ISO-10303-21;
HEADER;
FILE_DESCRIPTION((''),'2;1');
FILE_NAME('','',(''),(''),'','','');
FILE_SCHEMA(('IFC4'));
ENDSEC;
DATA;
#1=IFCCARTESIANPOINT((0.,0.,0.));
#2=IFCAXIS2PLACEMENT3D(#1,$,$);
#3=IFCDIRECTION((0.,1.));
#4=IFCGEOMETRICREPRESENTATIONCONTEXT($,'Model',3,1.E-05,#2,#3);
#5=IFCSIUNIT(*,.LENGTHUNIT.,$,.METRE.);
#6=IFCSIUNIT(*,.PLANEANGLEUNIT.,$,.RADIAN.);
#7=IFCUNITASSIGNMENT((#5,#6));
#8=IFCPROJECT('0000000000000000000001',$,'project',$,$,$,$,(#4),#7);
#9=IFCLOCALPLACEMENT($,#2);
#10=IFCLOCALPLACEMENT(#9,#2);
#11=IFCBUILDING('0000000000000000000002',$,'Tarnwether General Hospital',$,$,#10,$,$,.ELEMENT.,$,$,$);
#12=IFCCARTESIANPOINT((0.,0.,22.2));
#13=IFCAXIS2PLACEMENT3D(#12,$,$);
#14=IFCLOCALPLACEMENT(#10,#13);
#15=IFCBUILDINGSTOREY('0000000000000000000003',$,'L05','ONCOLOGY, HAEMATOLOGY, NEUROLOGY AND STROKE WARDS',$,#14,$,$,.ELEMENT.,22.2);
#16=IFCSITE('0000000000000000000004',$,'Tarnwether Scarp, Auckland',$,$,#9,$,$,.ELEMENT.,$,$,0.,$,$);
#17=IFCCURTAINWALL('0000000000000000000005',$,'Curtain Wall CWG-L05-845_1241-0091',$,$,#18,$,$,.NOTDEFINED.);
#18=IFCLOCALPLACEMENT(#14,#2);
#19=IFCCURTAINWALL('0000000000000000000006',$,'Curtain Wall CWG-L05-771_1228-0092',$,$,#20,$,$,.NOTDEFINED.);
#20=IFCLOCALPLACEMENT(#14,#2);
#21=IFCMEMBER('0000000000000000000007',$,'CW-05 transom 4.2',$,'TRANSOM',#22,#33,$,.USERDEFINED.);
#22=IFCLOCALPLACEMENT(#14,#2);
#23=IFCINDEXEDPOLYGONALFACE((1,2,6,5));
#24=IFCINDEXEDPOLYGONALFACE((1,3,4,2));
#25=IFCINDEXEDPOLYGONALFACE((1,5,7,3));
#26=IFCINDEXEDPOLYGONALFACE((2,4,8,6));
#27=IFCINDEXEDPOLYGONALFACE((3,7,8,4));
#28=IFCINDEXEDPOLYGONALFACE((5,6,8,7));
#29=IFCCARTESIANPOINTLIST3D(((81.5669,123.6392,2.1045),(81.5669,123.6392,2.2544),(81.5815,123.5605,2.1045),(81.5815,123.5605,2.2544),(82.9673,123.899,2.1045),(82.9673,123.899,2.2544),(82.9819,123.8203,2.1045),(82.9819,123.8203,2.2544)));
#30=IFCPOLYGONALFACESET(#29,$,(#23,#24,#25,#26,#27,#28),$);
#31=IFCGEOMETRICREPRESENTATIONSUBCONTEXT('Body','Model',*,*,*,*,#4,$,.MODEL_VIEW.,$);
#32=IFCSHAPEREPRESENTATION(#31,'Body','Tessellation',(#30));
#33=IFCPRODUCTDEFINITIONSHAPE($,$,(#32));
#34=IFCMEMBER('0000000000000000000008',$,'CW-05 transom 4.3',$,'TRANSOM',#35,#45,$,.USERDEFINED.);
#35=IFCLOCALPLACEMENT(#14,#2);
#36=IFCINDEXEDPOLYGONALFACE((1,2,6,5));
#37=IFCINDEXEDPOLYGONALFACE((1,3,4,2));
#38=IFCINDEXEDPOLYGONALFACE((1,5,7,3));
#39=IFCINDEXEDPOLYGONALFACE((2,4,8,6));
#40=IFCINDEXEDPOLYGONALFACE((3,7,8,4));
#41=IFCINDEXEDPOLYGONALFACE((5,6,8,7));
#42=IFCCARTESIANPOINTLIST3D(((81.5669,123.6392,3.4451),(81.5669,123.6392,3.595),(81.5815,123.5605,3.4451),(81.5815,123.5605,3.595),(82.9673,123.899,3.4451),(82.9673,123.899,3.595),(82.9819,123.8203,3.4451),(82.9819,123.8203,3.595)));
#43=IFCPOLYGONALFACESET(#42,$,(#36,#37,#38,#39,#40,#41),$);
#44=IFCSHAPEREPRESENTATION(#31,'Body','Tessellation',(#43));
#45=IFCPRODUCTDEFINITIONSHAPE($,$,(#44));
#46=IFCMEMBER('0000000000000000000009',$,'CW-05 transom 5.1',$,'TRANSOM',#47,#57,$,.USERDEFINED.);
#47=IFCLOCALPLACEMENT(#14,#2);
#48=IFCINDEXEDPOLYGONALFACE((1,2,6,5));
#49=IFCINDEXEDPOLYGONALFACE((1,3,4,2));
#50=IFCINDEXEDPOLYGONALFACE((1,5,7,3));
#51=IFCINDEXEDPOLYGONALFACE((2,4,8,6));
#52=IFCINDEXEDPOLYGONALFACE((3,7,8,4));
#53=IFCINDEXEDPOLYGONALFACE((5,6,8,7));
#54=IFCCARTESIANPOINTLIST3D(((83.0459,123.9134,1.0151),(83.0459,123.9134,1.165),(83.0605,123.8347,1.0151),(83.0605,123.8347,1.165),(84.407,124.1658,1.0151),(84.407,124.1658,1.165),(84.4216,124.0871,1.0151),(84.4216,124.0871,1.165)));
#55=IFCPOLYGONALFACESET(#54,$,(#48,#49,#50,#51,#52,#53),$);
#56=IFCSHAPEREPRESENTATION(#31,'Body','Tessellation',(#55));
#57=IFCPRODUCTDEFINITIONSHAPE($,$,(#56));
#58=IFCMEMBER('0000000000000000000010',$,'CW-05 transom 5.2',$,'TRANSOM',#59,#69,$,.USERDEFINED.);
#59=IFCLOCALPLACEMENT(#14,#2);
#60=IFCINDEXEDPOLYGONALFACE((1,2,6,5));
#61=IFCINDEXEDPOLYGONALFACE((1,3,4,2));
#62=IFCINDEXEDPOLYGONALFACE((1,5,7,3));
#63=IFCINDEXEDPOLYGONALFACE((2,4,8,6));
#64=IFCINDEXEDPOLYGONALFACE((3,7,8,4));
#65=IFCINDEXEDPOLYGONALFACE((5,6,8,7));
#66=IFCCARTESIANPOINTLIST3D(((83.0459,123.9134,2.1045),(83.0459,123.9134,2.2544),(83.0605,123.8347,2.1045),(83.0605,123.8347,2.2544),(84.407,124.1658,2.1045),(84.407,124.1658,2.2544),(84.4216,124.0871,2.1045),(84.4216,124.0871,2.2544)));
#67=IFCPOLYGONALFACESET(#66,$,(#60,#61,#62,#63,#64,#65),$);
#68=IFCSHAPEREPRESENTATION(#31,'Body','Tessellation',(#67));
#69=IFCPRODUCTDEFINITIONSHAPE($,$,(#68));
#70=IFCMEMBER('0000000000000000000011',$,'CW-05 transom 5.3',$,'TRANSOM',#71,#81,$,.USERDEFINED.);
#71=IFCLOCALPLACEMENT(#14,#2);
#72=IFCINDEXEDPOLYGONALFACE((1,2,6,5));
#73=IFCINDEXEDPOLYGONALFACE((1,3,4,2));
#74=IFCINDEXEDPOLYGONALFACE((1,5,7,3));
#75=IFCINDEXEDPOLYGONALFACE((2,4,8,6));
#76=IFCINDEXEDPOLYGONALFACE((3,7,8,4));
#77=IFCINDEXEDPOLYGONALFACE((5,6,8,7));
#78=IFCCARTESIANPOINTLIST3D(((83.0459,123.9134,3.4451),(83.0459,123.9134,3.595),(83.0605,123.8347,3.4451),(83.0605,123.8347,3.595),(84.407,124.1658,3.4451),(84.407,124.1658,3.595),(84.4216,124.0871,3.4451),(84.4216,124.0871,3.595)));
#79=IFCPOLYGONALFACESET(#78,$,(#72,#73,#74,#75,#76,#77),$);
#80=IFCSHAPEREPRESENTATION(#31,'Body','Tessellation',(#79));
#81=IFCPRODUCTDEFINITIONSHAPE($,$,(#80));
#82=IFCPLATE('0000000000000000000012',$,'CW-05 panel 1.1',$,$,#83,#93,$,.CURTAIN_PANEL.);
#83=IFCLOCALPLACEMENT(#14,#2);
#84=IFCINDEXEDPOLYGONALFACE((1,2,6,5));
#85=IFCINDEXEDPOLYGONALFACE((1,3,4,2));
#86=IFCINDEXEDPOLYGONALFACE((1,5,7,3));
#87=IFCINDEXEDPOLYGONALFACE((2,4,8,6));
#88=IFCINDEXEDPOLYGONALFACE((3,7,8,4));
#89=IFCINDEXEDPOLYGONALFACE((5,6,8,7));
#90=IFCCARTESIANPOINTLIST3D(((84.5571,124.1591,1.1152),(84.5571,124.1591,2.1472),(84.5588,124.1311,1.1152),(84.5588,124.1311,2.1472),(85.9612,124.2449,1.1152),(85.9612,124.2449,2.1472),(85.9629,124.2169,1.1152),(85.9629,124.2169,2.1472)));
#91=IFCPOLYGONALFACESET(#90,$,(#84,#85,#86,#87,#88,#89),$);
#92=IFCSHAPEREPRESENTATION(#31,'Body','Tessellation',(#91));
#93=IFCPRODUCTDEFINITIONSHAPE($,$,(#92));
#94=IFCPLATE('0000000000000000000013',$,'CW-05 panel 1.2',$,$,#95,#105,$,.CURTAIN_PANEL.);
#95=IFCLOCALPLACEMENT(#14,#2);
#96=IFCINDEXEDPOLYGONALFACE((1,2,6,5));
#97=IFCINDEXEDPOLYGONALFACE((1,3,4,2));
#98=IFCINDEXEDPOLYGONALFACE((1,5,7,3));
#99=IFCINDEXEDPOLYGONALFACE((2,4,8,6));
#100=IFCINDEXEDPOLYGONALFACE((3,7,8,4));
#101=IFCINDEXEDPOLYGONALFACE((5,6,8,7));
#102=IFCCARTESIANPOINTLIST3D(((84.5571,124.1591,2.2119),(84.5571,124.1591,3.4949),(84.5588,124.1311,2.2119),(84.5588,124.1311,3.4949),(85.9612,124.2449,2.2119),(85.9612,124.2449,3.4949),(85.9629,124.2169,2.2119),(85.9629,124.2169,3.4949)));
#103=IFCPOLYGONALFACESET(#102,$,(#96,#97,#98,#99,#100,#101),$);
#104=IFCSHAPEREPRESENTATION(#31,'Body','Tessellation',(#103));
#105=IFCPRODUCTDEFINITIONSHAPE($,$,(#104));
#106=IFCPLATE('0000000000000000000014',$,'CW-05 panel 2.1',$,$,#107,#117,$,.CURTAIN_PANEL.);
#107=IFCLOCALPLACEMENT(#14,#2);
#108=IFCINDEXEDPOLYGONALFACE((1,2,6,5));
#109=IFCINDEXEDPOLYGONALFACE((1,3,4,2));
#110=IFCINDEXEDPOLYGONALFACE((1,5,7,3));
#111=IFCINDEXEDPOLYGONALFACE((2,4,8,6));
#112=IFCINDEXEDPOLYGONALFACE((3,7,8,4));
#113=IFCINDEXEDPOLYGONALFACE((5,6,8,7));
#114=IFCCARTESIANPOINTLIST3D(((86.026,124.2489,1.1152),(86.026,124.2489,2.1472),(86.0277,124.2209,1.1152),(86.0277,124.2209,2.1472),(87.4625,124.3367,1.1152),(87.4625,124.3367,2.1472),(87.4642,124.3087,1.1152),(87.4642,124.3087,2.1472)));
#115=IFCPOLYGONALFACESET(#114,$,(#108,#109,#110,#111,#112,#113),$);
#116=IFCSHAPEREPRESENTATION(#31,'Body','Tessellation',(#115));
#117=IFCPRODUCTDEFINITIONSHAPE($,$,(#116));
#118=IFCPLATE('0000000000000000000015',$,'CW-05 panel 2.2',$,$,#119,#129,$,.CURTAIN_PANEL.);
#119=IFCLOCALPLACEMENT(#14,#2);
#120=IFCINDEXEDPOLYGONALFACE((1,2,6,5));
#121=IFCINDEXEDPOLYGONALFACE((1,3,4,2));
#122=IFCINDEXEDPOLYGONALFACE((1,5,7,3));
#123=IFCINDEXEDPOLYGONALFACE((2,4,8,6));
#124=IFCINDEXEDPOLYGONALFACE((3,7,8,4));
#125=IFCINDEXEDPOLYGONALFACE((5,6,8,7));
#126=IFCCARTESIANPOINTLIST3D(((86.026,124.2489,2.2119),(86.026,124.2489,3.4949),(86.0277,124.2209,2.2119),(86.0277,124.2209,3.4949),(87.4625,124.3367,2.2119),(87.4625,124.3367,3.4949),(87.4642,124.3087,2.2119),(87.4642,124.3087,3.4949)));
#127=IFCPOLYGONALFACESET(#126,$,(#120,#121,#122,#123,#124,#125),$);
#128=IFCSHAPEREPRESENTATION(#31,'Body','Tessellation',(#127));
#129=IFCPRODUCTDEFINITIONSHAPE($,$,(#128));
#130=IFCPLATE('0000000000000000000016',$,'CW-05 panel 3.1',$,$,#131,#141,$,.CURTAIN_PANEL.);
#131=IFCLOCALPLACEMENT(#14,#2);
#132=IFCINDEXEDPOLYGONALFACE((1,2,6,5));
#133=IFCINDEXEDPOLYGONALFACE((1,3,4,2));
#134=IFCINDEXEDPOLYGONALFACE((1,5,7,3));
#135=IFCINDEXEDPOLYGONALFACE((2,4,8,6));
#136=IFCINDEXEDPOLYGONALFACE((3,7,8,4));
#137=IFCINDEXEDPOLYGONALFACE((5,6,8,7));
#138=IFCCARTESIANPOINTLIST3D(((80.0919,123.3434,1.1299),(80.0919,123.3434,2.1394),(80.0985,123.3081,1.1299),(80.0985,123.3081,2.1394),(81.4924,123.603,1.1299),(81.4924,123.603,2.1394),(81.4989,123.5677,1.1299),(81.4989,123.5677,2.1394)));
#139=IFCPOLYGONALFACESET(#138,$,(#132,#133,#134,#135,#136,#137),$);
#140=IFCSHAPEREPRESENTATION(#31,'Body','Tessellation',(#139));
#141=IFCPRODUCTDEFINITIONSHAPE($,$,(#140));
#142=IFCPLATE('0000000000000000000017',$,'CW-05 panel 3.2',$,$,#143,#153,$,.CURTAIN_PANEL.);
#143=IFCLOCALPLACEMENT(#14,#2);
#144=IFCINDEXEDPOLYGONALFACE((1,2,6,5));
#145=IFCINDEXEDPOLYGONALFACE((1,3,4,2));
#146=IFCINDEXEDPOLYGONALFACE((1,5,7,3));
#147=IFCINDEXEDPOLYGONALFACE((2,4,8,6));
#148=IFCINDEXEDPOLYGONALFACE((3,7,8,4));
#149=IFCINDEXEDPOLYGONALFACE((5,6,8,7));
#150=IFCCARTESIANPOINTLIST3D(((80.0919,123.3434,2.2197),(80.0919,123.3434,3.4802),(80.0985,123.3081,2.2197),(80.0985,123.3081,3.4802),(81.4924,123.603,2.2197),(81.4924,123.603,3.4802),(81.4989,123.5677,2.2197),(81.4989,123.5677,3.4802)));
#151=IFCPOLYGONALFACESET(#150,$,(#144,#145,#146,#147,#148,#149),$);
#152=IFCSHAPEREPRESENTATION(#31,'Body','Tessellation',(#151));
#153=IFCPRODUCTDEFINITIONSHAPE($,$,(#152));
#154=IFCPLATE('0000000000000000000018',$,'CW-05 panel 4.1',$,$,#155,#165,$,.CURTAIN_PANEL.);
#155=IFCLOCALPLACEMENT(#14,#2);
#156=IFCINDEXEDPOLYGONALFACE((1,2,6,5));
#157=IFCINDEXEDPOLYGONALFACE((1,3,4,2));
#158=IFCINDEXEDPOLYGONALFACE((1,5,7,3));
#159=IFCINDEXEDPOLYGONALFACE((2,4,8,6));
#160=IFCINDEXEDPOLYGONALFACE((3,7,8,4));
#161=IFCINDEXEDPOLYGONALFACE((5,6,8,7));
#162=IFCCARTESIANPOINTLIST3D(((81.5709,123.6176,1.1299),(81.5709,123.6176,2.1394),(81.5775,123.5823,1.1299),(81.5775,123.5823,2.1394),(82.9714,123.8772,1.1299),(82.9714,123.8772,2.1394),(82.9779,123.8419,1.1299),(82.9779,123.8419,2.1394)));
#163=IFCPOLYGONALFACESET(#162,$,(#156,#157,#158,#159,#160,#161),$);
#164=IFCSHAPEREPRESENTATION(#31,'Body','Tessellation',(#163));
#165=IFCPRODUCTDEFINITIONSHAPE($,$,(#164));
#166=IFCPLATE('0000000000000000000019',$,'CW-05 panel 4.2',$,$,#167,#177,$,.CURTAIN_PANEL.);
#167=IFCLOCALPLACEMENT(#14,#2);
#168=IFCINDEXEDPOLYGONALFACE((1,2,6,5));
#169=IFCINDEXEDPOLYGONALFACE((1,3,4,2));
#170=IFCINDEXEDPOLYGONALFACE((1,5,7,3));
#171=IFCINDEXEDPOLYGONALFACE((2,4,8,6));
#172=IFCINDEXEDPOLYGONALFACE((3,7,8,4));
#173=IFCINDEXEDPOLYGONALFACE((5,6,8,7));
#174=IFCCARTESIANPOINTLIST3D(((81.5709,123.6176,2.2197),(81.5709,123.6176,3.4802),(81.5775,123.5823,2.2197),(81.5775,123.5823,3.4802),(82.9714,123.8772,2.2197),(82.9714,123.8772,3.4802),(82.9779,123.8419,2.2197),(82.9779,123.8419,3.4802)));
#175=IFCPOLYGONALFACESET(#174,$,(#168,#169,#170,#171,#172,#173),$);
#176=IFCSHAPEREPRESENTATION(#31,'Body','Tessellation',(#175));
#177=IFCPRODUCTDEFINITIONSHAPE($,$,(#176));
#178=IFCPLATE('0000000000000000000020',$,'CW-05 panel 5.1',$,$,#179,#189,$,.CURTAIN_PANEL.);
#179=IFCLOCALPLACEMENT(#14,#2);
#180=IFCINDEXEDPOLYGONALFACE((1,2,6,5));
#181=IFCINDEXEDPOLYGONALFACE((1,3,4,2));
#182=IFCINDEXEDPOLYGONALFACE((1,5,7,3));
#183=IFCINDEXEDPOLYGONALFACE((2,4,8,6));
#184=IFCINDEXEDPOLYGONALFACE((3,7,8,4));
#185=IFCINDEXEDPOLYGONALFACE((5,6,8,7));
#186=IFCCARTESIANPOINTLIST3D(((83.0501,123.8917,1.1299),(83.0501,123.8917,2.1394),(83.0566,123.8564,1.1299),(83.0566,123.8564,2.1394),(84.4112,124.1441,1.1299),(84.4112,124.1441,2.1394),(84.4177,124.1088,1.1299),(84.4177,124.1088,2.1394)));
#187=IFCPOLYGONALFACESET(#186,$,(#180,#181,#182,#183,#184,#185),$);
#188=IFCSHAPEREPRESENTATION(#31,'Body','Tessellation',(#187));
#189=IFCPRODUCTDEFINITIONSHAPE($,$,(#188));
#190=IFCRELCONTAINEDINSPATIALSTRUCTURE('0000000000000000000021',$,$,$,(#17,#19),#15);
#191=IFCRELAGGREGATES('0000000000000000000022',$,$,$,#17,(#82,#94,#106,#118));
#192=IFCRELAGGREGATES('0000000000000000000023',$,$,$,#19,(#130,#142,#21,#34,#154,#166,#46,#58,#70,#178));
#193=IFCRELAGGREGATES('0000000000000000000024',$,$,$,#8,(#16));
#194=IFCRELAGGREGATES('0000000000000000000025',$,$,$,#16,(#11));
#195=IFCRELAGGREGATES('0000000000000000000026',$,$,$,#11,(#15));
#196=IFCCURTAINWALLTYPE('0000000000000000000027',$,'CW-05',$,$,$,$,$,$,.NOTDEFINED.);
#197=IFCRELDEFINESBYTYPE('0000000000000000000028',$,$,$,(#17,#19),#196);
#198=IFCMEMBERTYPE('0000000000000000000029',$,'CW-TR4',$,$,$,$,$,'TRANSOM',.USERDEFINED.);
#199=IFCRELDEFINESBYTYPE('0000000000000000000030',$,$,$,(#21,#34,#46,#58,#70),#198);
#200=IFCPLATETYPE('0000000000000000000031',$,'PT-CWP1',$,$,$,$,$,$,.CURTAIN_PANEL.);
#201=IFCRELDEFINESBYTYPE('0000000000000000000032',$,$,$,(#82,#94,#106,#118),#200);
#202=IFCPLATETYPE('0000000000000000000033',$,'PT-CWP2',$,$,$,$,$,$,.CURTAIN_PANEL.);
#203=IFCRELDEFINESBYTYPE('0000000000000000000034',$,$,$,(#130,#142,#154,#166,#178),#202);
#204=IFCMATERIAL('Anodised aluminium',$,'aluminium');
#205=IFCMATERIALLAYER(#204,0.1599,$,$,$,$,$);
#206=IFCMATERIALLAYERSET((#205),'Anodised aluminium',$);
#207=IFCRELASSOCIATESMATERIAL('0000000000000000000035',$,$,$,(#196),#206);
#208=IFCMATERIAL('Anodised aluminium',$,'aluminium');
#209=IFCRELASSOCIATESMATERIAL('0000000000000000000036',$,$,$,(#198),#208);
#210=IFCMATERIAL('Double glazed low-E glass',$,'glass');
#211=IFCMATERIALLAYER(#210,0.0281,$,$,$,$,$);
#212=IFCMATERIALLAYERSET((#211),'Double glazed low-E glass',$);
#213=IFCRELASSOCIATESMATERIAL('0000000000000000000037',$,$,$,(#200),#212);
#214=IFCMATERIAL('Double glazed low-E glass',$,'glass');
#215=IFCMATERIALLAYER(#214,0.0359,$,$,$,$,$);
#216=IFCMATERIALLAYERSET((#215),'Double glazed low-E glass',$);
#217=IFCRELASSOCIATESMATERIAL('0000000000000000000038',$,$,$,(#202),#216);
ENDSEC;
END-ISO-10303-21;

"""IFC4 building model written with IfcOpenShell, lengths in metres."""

from ifc_helpers import new_model, si_unit, direction, frame, origin, origin_2d, place, context, subcontext, project, spatial, rectangle, extrude, material, layer, layer_set, material_profile, profile_set, type_object, element, aggregate, save


model = new_model("IFC4")

# Units and contexts
model_context = context("Model", 3, precision=1e-05, world=origin(), true_north=direction((0.0, 1.0)))
body_context = subcontext(model_context, "Body", "Model", "MODEL_VIEW")
ifc_project = project(units=[si_unit("LENGTHUNIT", "METRE"), si_unit("PLANEANGLEUNIT", "RADIAN")], contexts=[model_context])

# Site, building, storey
site_placement = place(None, origin())
site = spatial("IfcSite", under=ifc_project, at=site_placement, Name="Tarnwether Scarp, Auckland", CompositionType="ELEMENT", RefElevation=0.0)
building_placement = place(site_placement, origin())
building = spatial("IfcBuilding", under=site, at=building_placement, Name="Tarnwether General Hospital", CompositionType="ELEMENT")
storey_placement = place(building_placement, frame((0.0, 0.0, 22.2)))
storey = spatial("IfcBuildingStorey", under=building, at=storey_placement, Name="L05", Description="ONCOLOGY, HAEMATOLOGY, NEUROLOGY AND STROKE WARDS", CompositionType="ELEMENT", Elevation=22.2)

# Curtain walls
ifc_material_1 = material(Name="Anodised aluminium", Category="aluminium")
ifc_layer_1 = layer(ifc_material_1, 0.1599)
ifc_layer_set_1 = layer_set([ifc_layer_1], Name="Anodised aluminium")
curtain_wall_type = type_object("IfcCurtainWallType", Name="CW-05", PredefinedType="NOTDEFINED", material=ifc_layer_set_1)
curtain_wall_1_placement = place(storey_placement, origin())
curtain_wall_1 = element("IfcCurtainWall", 1, at=curtain_wall_1_placement, inside=storey, type_object=curtain_wall_type, Name="Curtain Wall CWG-L05-845_1241-0091", PredefinedType="NOTDEFINED")
curtain_wall_2_placement = place(storey_placement, origin())
curtain_wall_2 = element("IfcCurtainWall", 2, at=curtain_wall_2_placement, inside=storey, type_object=curtain_wall_type, Name="Curtain Wall CWG-L05-771_1228-0092", PredefinedType="NOTDEFINED")

# Members
ifc_material_2 = material(Name="Anodised aluminium", Category="aluminium")
ifc_material_profile_1 = material_profile(ifc_material_2, rectangle(XDim=0.0801, YDim=0.1499, at=origin_2d()), Name="ALU-TRN-80x150")
ifc_profile_set_1 = profile_set([ifc_material_profile_1], Name="Anodised aluminium")
member_type_1 = type_object("IfcMemberType", Name="CW-TR4", ElementType="TRANSOM", PredefinedType="USERDEFINED", material=ifc_profile_set_1)
member_1_placement = place(storey_placement, frame((81.5742, 123.5999, 2.1794), z_axis=(0.983227, 0.182384, 0.0), x_axis=(-0.182384, 0.983227, 0.0)))
member_1 = element("IfcMember", 3, at=member_1_placement, type_object=member_type_1, Name="CW-05 transom 4.2", ObjectType="TRANSOM", PredefinedType="USERDEFINED", context=body_context, shape_type="SweptSolid", body=[
    extrude(rectangle(XDim=0.0801, YDim=0.1499, at=origin_2d()), origin(), (0.0, 0.0, 1.0), 1.4243),
])
member_2_placement = place(storey_placement, frame((81.5742, 123.5999, 3.52), z_axis=(0.983227, 0.182384, 0.0), x_axis=(-0.182384, 0.983227, 0.0)))
member_2 = element("IfcMember", 4, at=member_2_placement, type_object=member_type_1, Name="CW-05 transom 4.3", ObjectType="TRANSOM", PredefinedType="USERDEFINED", context=body_context, shape_type="SweptSolid", body=[
    extrude(rectangle(XDim=0.0801, YDim=0.1499, at=origin_2d()), origin(), (0.0, 0.0, 1.0), 1.4243),
])
member_3_placement = place(storey_placement, frame((83.0532, 123.874, 1.0901), z_axis=(0.983232, 0.182361, 0.0), x_axis=(-0.182361, 0.983232, 0.0)))
member_3 = element("IfcMember", 5, at=member_3_placement, type_object=member_type_1, Name="CW-05 transom 5.1", ObjectType="TRANSOM", PredefinedType="USERDEFINED", context=body_context, shape_type="SweptSolid", body=[
    extrude(rectangle(XDim=0.0801, YDim=0.1499, at=origin_2d()), origin(), (0.0, 0.0, 1.0), 1.3843),
])
member_4_placement = place(storey_placement, frame((83.0532, 123.874, 2.1794), z_axis=(0.983232, 0.182361, 0.0), x_axis=(-0.182361, 0.983232, 0.0)))
member_4 = element("IfcMember", 6, at=member_4_placement, type_object=member_type_1, Name="CW-05 transom 5.2", ObjectType="TRANSOM", PredefinedType="USERDEFINED", context=body_context, shape_type="SweptSolid", body=[
    extrude(rectangle(XDim=0.0801, YDim=0.1499, at=origin_2d()), origin(), (0.0, 0.0, 1.0), 1.3843),
])
member_5_placement = place(storey_placement, frame((83.0532, 123.874, 3.52), z_axis=(0.983232, 0.182361, 0.0), x_axis=(-0.182361, 0.983232, 0.0)))
member_5 = element("IfcMember", 7, at=member_5_placement, type_object=member_type_1, Name="CW-05 transom 5.3", ObjectType="TRANSOM", PredefinedType="USERDEFINED", context=body_context, shape_type="SweptSolid", body=[
    extrude(rectangle(XDim=0.0801, YDim=0.1499, at=origin_2d()), origin(), (0.0, 0.0, 1.0), 1.3843),
])

# Plates
ifc_material_3 = material(Name="Double glazed low-E glass", Category="glass")
ifc_layer_2 = layer(ifc_material_3, 0.0281)
ifc_layer_set_2 = layer_set([ifc_layer_2], Name="Double glazed low-E glass")
plate_type_1 = type_object("IfcPlateType", Name="PT-CWP1", PredefinedType="CURTAIN_PANEL", material=ifc_layer_set_2)
plate_1_placement = place(storey_placement, frame((85.26, 124.188, 1.1152), z_axis=(0.0, 0.0, 1.0), x_axis=(0.998136, 0.061029, 0.0)))
plate_1 = element("IfcPlate", 8, at=plate_1_placement, type_object=plate_type_1, Name="CW-05 panel 1.1", PredefinedType="CURTAIN_PANEL", context=body_context, shape_type="SweptSolid", body=[
    extrude(rectangle(XDim=1.4067, YDim=0.0281, at=origin_2d()), origin(), (0.0, 0.0, 1.0), 1.032),
])
plate_2_placement = place(storey_placement, frame((85.26, 124.188, 2.2119), z_axis=(0.0, 0.0, 1.0), x_axis=(0.998136, 0.061029, 0.0)))
plate_2 = element("IfcPlate", 9, at=plate_2_placement, type_object=plate_type_1, Name="CW-05 panel 1.2", PredefinedType="CURTAIN_PANEL", context=body_context, shape_type="SweptSolid", body=[
    extrude(rectangle(XDim=1.4067, YDim=0.0281, at=origin_2d()), origin(), (0.0, 0.0, 1.0), 1.283),
])
plate_3_placement = place(storey_placement, frame((86.7451, 124.2788, 1.1152), z_axis=(0.0, 0.0, 1.0), x_axis=(0.998136, 0.061029, 0.0)))
plate_3 = element("IfcPlate", 10, at=plate_3_placement, type_object=plate_type_1, Name="CW-05 panel 2.1", PredefinedType="CURTAIN_PANEL", context=body_context, shape_type="SweptSolid", body=[
    extrude(rectangle(XDim=1.4392, YDim=0.0281, at=origin_2d()), origin(), (0.0, 0.0, 1.0), 1.032),
])
plate_4_placement = place(storey_placement, frame((86.7451, 124.2788, 2.2119), z_axis=(0.0, 0.0, 1.0), x_axis=(0.998136, 0.061029, 0.0)))
plate_4 = element("IfcPlate", 11, at=plate_4_placement, type_object=plate_type_1, Name="CW-05 panel 2.2", PredefinedType="CURTAIN_PANEL", context=body_context, shape_type="SweptSolid", body=[
    extrude(rectangle(XDim=1.4392, YDim=0.0281, at=origin_2d()), origin(), (0.0, 0.0, 1.0), 1.283),
])
aggregate(curtain_wall_1, [plate_1, plate_2, plate_3, plate_4])
ifc_material_4 = material(Name="Double glazed low-E glass", Category="glass")
ifc_layer_3 = layer(ifc_material_4, 0.0359)
ifc_layer_set_3 = layer_set([ifc_layer_3], Name="Double glazed low-E glass")
plate_type_2 = type_object("IfcPlateType", Name="PT-CWP2", PredefinedType="CURTAIN_PANEL", material=ifc_layer_set_3)
plate_5_placement = place(storey_placement, frame((80.7954, 123.4556, 1.1299), z_axis=(0.0, 0.0, 1.0), x_axis=(0.983245, 0.182289, 0.0)))
plate_5 = element("IfcPlate", 12, at=plate_5_placement, type_object=plate_type_2, Name="CW-05 panel 3.1", PredefinedType="CURTAIN_PANEL", context=body_context, shape_type="SweptSolid", body=[
    extrude(rectangle(XDim=1.4243, YDim=0.0359, at=origin_2d()), origin(), (0.0, 0.0, 1.0), 1.0095),
])
plate_6_placement = place(storey_placement, frame((80.7954, 123.4556, 2.2197), z_axis=(0.0, 0.0, 1.0), x_axis=(0.983245, 0.182289, 0.0)))
plate_6 = element("IfcPlate", 13, at=plate_6_placement, type_object=plate_type_2, Name="CW-05 panel 3.2", PredefinedType="CURTAIN_PANEL", context=body_context, shape_type="SweptSolid", body=[
    extrude(rectangle(XDim=1.4243, YDim=0.0359, at=origin_2d()), origin(), (0.0, 0.0, 1.0), 1.2605),
])
plate_7_placement = place(storey_placement, frame((82.2744, 123.7297, 1.1299), z_axis=(0.0, 0.0, 1.0), x_axis=(0.983245, 0.182289, 0.0)))
plate_7 = element("IfcPlate", 14, at=plate_7_placement, type_object=plate_type_2, Name="CW-05 panel 4.1", PredefinedType="CURTAIN_PANEL", context=body_context, shape_type="SweptSolid", body=[
    extrude(rectangle(XDim=1.4243, YDim=0.0359, at=origin_2d()), origin(), (0.0, 0.0, 1.0), 1.0095),
])
plate_8_placement = place(storey_placement, frame((82.2744, 123.7297, 2.2197), z_axis=(0.0, 0.0, 1.0), x_axis=(0.983245, 0.182289, 0.0)))
plate_8 = element("IfcPlate", 15, at=plate_8_placement, type_object=plate_type_2, Name="CW-05 panel 4.2", PredefinedType="CURTAIN_PANEL", context=body_context, shape_type="SweptSolid", body=[
    extrude(rectangle(XDim=1.4243, YDim=0.0359, at=origin_2d()), origin(), (0.0, 0.0, 1.0), 1.2605),
])
plate_9_placement = place(storey_placement, frame((83.7339, 124.0002, 1.1299), z_axis=(0.0, 0.0, 1.0), x_axis=(0.983245, 0.182289, 0.0)))
plate_9 = element("IfcPlate", 16, at=plate_9_placement, type_object=plate_type_2, Name="CW-05 panel 5.1", PredefinedType="CURTAIN_PANEL", context=body_context, shape_type="SweptSolid", body=[
    extrude(rectangle(XDim=1.3843, YDim=0.0359, at=origin_2d()), origin(), (0.0, 0.0, 1.0), 1.0095),
])
aggregate(curtain_wall_2, [plate_5, plate_6, member_1, member_2, plate_7, plate_8, member_3, member_4, member_5, plate_9])

save(model, "model.ifc")
